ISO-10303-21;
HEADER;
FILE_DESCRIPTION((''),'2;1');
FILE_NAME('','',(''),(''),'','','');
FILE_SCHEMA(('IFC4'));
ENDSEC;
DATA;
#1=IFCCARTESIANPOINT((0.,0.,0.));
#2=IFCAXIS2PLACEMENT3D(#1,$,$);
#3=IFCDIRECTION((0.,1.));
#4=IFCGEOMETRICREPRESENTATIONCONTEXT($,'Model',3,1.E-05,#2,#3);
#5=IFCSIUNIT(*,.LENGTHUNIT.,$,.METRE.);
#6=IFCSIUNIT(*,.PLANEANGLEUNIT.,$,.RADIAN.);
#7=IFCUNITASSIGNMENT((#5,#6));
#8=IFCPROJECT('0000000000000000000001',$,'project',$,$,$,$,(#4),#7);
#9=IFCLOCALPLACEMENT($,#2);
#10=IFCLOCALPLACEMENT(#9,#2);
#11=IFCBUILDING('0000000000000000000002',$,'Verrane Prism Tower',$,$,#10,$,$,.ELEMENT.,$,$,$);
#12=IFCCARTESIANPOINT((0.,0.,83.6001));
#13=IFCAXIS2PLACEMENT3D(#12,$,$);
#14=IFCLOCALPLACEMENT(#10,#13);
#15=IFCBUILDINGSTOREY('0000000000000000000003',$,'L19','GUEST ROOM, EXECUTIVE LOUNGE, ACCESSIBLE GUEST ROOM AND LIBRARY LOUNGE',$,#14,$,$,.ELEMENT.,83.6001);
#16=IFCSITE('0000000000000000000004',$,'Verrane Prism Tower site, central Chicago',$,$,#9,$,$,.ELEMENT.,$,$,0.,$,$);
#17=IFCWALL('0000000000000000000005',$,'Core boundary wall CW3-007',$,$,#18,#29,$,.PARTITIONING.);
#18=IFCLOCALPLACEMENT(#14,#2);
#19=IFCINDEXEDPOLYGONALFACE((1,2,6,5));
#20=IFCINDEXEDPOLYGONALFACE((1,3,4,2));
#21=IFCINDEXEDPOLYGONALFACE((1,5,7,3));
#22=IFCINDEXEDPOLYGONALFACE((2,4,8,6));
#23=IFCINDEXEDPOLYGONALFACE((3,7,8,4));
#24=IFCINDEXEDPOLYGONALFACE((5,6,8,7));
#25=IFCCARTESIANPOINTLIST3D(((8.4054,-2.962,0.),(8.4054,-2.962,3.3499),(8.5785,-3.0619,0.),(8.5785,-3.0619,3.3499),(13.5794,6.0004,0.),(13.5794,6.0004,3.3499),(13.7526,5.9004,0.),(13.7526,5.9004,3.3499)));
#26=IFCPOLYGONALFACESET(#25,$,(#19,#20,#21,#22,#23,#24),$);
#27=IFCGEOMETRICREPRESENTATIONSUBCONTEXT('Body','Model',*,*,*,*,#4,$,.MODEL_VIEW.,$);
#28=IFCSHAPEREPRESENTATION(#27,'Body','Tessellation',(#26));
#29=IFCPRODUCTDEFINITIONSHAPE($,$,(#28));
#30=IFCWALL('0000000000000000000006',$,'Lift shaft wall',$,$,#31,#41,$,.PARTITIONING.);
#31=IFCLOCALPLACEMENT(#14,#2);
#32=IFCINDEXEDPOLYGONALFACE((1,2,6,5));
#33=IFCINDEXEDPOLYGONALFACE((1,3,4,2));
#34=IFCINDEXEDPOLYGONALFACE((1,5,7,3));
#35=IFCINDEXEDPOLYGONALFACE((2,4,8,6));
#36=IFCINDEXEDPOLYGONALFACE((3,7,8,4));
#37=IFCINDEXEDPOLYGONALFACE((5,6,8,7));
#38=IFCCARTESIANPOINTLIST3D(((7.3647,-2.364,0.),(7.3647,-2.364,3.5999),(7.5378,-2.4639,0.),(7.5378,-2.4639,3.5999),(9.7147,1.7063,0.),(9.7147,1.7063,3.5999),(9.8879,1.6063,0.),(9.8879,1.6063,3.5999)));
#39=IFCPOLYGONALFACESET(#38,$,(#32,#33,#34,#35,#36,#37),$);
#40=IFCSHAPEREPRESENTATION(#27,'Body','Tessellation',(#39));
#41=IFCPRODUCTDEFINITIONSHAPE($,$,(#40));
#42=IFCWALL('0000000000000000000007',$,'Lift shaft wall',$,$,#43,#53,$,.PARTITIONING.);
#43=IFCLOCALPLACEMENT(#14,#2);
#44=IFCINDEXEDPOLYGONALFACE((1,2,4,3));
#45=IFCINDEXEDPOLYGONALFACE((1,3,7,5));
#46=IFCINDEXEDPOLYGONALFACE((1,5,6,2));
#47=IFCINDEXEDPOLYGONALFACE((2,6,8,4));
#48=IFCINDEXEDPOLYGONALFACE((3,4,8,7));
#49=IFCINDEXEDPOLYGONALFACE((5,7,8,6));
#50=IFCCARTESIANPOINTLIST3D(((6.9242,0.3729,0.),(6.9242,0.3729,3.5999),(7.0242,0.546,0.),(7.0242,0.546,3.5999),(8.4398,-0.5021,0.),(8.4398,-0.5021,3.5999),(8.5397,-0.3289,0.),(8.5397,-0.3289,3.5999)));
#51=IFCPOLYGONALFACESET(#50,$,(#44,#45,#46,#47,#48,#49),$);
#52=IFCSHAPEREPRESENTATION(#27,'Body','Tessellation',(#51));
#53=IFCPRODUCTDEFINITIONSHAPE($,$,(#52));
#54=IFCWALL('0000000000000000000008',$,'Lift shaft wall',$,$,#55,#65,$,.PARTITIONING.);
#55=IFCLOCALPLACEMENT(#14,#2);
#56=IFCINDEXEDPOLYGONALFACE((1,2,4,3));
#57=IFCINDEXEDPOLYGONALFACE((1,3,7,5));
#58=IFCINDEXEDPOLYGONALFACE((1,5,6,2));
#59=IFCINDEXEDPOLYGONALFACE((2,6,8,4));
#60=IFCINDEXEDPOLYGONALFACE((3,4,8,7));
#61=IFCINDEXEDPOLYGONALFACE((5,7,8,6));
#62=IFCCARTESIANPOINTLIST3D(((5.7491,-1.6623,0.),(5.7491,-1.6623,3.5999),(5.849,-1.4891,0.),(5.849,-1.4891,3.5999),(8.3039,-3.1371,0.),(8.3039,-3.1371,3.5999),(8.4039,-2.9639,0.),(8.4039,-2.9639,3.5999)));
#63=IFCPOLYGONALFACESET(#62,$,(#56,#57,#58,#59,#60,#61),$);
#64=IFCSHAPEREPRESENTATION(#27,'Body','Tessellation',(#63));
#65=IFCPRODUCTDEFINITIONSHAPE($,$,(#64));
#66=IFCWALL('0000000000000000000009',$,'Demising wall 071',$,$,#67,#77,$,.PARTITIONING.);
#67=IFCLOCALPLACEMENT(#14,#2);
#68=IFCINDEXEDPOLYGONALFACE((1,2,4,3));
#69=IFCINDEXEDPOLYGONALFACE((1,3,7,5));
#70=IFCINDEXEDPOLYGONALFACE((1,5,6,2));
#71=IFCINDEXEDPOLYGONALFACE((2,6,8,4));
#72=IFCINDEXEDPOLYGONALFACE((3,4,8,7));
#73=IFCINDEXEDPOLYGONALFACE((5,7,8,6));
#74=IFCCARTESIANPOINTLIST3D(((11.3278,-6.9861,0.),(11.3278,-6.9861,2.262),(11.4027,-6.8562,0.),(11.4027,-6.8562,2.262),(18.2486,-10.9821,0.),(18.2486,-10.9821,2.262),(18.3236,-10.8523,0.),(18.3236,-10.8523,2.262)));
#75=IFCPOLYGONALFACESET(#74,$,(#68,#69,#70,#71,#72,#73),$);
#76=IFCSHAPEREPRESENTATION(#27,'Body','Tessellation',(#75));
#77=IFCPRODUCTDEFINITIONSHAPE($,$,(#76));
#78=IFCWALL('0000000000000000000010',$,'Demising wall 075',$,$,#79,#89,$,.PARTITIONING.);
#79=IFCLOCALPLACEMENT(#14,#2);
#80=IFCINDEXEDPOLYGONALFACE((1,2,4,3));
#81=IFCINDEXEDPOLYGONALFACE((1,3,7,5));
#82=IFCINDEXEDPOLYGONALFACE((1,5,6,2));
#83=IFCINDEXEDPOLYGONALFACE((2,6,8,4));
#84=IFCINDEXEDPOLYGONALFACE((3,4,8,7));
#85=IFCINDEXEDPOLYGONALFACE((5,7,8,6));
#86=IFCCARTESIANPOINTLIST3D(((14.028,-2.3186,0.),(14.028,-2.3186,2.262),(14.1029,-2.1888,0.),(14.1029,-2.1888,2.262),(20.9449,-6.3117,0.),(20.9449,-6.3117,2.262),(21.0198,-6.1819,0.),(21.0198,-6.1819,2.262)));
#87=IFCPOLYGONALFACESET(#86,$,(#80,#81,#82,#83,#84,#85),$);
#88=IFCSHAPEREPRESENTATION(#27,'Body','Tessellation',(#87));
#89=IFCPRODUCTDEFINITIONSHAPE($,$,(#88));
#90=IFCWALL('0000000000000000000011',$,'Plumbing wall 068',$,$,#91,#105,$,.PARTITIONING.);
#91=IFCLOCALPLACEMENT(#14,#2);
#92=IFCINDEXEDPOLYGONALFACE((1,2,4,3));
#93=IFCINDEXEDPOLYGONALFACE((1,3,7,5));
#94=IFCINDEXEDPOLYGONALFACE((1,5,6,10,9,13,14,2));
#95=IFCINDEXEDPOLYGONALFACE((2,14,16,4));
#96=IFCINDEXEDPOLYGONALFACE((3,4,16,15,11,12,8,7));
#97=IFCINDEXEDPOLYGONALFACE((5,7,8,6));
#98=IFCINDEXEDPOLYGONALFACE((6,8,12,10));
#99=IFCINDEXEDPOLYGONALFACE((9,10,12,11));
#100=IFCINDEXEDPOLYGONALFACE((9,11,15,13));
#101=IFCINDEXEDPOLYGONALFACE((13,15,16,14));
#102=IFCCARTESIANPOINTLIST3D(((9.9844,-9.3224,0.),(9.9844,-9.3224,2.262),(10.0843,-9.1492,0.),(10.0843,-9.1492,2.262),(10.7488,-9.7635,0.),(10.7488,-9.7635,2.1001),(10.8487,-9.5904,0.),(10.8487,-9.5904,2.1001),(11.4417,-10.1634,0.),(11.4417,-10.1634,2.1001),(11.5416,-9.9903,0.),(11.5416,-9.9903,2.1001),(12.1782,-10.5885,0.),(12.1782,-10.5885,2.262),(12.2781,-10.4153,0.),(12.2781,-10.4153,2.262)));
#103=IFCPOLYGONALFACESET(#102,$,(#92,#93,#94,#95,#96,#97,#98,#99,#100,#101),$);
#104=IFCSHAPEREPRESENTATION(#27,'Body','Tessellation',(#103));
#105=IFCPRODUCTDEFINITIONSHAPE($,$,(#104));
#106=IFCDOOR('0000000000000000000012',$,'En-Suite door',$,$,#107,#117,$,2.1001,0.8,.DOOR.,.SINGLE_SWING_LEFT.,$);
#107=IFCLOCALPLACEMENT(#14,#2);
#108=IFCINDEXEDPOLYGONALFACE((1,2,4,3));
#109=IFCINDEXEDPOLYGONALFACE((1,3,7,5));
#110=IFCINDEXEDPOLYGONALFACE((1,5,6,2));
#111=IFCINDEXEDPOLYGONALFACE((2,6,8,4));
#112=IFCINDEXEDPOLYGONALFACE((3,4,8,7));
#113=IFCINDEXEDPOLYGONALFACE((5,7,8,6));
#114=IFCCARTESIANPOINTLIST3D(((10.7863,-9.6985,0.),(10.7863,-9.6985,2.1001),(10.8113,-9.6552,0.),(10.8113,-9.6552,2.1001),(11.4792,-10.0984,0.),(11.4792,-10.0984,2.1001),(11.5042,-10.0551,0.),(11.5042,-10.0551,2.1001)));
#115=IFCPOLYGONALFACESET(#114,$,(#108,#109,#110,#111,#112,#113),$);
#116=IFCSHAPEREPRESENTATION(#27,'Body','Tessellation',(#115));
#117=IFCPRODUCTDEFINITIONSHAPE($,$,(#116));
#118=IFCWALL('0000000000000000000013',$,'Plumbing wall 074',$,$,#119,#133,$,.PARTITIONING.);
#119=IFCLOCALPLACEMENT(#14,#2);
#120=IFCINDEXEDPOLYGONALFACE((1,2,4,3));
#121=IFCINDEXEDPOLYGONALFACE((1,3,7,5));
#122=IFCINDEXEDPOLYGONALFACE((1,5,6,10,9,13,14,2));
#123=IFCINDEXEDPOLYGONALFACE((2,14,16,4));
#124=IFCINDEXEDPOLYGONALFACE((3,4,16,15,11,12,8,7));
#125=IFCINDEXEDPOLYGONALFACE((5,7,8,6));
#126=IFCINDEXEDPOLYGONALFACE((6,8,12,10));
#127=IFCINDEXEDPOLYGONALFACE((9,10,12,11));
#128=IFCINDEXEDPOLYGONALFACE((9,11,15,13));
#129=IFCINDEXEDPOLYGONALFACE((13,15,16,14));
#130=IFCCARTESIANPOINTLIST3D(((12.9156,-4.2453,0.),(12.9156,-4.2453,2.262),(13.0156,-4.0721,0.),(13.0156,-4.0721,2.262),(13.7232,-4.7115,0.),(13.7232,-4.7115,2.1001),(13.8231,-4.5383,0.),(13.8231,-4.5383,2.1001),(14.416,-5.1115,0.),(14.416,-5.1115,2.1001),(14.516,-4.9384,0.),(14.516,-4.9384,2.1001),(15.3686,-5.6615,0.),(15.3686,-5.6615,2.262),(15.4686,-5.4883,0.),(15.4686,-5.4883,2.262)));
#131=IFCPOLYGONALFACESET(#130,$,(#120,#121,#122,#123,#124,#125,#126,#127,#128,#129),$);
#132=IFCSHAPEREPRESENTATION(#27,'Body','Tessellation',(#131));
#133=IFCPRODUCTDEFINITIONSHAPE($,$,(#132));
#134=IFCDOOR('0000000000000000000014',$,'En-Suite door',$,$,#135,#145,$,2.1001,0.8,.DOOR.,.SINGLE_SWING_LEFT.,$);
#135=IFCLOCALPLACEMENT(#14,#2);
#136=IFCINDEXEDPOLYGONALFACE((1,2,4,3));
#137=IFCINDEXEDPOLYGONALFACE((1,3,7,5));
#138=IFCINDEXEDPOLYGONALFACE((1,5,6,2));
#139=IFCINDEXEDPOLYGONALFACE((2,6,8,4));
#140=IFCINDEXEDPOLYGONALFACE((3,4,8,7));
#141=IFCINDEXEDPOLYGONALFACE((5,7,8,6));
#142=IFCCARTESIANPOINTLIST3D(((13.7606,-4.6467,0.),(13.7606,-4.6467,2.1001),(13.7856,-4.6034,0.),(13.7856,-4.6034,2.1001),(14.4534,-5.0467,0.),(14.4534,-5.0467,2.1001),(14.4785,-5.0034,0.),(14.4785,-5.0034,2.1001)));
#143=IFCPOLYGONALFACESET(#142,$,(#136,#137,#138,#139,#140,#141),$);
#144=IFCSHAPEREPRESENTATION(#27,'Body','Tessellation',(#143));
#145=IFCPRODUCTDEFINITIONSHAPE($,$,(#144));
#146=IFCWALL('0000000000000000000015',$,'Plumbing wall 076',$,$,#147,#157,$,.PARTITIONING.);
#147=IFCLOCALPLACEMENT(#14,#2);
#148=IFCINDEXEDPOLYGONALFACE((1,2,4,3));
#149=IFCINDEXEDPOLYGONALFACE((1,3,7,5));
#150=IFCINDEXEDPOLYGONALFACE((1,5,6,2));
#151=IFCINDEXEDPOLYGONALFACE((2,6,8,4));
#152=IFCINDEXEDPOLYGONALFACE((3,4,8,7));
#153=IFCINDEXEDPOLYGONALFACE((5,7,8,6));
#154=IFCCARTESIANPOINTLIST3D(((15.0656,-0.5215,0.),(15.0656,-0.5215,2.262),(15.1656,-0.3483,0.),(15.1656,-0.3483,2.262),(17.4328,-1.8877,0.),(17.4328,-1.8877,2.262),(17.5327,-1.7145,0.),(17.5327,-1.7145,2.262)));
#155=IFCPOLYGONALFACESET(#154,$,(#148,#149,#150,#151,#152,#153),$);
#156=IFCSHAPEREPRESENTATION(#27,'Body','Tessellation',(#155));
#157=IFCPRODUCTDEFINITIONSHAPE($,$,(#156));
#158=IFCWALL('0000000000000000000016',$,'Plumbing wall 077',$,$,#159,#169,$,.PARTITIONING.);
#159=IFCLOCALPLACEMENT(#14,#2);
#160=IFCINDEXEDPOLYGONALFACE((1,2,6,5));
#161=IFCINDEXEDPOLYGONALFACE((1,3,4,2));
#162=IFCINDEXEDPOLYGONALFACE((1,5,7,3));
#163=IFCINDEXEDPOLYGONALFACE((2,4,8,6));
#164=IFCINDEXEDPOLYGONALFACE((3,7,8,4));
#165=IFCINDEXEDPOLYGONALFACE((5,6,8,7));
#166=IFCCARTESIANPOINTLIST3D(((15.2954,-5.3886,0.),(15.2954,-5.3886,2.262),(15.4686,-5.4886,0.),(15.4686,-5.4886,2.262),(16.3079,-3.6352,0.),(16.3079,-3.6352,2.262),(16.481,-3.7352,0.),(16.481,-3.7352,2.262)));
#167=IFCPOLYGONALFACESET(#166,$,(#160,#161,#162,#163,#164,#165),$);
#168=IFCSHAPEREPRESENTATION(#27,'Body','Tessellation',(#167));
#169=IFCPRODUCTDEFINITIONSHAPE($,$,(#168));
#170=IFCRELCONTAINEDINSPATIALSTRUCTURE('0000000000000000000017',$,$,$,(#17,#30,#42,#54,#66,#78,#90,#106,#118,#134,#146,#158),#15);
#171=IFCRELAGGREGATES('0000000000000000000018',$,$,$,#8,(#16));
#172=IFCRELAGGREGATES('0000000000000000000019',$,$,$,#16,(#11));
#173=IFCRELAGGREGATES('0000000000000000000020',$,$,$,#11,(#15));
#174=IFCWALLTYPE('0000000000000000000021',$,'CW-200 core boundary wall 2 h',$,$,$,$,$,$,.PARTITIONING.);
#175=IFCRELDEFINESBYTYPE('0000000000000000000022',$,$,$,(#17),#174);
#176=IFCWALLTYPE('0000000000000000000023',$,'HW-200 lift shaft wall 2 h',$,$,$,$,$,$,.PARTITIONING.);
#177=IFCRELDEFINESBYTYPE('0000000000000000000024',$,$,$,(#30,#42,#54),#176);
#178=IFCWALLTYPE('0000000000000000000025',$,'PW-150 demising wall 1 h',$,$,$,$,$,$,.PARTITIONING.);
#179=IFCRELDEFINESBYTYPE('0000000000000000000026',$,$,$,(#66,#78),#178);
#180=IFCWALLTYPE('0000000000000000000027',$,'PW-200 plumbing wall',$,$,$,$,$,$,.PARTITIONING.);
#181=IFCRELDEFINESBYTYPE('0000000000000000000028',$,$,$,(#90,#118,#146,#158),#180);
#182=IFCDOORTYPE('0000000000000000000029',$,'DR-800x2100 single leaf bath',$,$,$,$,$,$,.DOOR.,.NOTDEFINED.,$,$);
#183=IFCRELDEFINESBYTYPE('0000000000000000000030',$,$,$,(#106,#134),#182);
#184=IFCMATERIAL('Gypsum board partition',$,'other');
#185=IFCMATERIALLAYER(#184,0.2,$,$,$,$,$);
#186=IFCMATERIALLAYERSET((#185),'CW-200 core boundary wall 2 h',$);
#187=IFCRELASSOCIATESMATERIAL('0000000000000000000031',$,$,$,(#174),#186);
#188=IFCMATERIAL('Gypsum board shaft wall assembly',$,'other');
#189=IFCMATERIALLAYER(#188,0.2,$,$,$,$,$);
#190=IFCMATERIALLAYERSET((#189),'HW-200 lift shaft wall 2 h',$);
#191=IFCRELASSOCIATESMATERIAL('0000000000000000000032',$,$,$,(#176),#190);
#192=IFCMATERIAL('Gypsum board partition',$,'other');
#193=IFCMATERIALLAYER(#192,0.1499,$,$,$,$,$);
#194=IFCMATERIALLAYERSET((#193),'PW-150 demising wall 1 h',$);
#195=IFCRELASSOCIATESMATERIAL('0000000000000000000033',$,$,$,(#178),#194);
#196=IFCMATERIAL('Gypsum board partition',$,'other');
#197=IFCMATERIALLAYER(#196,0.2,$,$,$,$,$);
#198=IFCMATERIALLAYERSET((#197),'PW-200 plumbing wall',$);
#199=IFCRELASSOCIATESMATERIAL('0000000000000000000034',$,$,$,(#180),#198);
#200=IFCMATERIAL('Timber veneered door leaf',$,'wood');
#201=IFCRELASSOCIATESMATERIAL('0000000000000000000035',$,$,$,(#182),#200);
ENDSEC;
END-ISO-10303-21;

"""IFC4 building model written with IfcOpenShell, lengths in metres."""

from ifc_helpers import new_model, si_unit, direction, frame, frame_2d, origin, place, context, subcontext, project, spatial, rectangle, extrude, material, layer, layer_set, type_object, element, fill, save


model = new_model("IFC4")

# Units and contexts
model_context = context("Model", 3, precision=1e-05, world=origin(), true_north=direction((0.0, 1.0)))
body_context = subcontext(model_context, "Body", "Model", "MODEL_VIEW")
ifc_project = project(units=[si_unit("LENGTHUNIT", "METRE"), si_unit("PLANEANGLEUNIT", "RADIAN")], contexts=[model_context])

# Site, building, storey
site_placement = place(None, origin())
site = spatial("IfcSite", under=ifc_project, at=site_placement, Name="Verrane Prism Tower site, central Chicago", CompositionType="ELEMENT", RefElevation=0.0)
building_placement = place(site_placement, origin())
building = spatial("IfcBuilding", under=site, at=building_placement, Name="Verrane Prism Tower", CompositionType="ELEMENT")
storey_placement = place(building_placement, frame((0.0, 0.0, 83.6001)))
storey = spatial("IfcBuildingStorey", under=building, at=storey_placement, Name="L19", Description="GUEST ROOM, EXECUTIVE LOUNGE, ACCESSIBLE GUEST ROOM AND LIBRARY LOUNGE", CompositionType="ELEMENT", Elevation=83.6001)

# Walls
ifc_material_1 = material(Name="Gypsum board partition", Category="other")
ifc_layer_1 = layer(ifc_material_1, 0.2)
ifc_layer_set_1 = layer_set([ifc_layer_1], Name="CW-200 core boundary wall 2 h")
wall_type_1 = type_object("IfcWallType", Name="CW-200 core boundary wall 2 h", PredefinedType="PARTITIONING", material=ifc_layer_set_1)
wall_1_placement = place(storey_placement, frame((8.4919, -3.012, 0.0), z_axis=(0.0, 0.0, 1.0), x_axis=(0.499973, 0.866041, 0.0)))
element("IfcWall", 1, at=wall_1_placement, inside=storey, type_object=wall_type_1, Name="Core boundary wall CW3-007", PredefinedType="PARTITIONING", context=body_context, shape_type="SweptSolid", body=[
    extrude(rectangle(XDim=10.3486, YDim=0.2, at=frame_2d((5.1743, 0.0))), origin(), (0.0, 0.0, 1.0), 3.3499),
])
ifc_material_2 = material(Name="Gypsum board shaft wall assembly", Category="other")
ifc_layer_2 = layer(ifc_material_2, 0.2)
ifc_layer_set_2 = layer_set([ifc_layer_2], Name="HW-200 lift shaft wall 2 h")
wall_type_2 = type_object("IfcWallType", Name="HW-200 lift shaft wall 2 h", PredefinedType="PARTITIONING", material=ifc_layer_set_2)
wall_2_placement = place(storey_placement, frame((7.4512, -2.4141, 0.0), z_axis=(0.0, 0.0, 1.0), x_axis=(0.500016, 0.866016, 0.0)))
element("IfcWall", 2, at=wall_2_placement, inside=storey, type_object=wall_type_2, Name="Lift shaft wall", PredefinedType="PARTITIONING", context=body_context, shape_type="SweptSolid", body=[
    extrude(rectangle(XDim=4.7, YDim=0.2, at=frame_2d((2.3501, 0.0))), origin(), (0.0, 0.0, 1.0), 3.5999),
])
wall_3_placement = place(storey_placement, frame((8.4897, -0.4155, 0.0), z_axis=(0.0, 0.0, 1.0), x_axis=(-0.866037, 0.49998, 0.0)))
element("IfcWall", 3, at=wall_3_placement, inside=storey, type_object=wall_type_2, Name="Lift shaft wall", PredefinedType="PARTITIONING", context=body_context, shape_type="SweptSolid", body=[
    extrude(rectangle(XDim=1.75, YDim=0.2, at=frame_2d((0.875, 0.0))), origin(), (0.0, 0.0, 1.0), 3.5999),
])
wall_4_placement = place(storey_placement, frame((8.354, -3.0505, 0.0), z_axis=(0.0, 0.0, 1.0), x_axis=(-0.86606, 0.49994, 0.0)))
element("IfcWall", 4, at=wall_4_placement, inside=storey, type_object=wall_type_2, Name="Lift shaft wall", PredefinedType="PARTITIONING", context=body_context, shape_type="SweptSolid", body=[
    extrude(rectangle(XDim=2.95, YDim=0.2, at=frame_2d((1.4751, 0.0))), origin(), (0.0, 0.0, 1.0), 3.5999),
])
ifc_material_3 = material(Name="Gypsum board partition", Category="other")
ifc_layer_3 = layer(ifc_material_3, 0.1499)
ifc_layer_set_3 = layer_set([ifc_layer_3], Name="PW-150 demising wall 1 h")
wall_type_3 = type_object("IfcWallType", Name="PW-150 demising wall 1 h", PredefinedType="PARTITIONING", material=ifc_layer_set_3)
wall_5_placement = place(storey_placement, frame((11.3652, -6.9211, 0.0), z_axis=(0.0, 0.0, 1.0), x_axis=(0.866009, -0.500029, 0.0)))
element("IfcWall", 5, at=wall_5_placement, inside=storey, type_object=wall_type_3, Name="Demising wall 071", PredefinedType="PARTITIONING", context=body_context, shape_type="SweptSolid", body=[
    extrude(rectangle(XDim=7.9917, YDim=0.1499, at=frame_2d((3.9958, 0.0))), origin(), (0.0, 0.0, 1.0), 2.262),
])
wall_6_placement = place(storey_placement, frame((14.0654, -2.2537, 0.0), z_axis=(0.0, 0.0, 1.0), x_axis=(0.866045, -0.499966, 0.0)))
element("IfcWall", 6, at=wall_6_placement, inside=storey, type_object=wall_type_3, Name="Demising wall 075", PredefinedType="PARTITIONING", context=body_context, shape_type="SweptSolid", body=[
    extrude(rectangle(XDim=7.9868, YDim=0.1499, at=frame_2d((3.9934, 0.0))), origin(), (0.0, 0.0, 1.0), 2.262),
])

# Walls, openings, doors
ifc_material_4 = material(Name="Gypsum board partition", Category="other")
ifc_layer_4 = layer(ifc_material_4, 0.2)
ifc_layer_set_4 = layer_set([ifc_layer_4], Name="PW-200 plumbing wall")
wall_type_4 = type_object("IfcWallType", Name="PW-200 plumbing wall", PredefinedType="PARTITIONING", material=ifc_layer_set_4)
wall_7_placement = place(storey_placement, frame((12.2283, -10.502, 0.0), z_axis=(0.0, 0.0, 1.0), x_axis=(-0.866112, 0.49985, 0.0)))
wall_7 = element("IfcWall", 7, at=wall_7_placement, inside=storey, type_object=wall_type_4, Name="Plumbing wall 068", PredefinedType="PARTITIONING", context=body_context, shape_type="SweptSolid", body=[
    extrude(rectangle(XDim=2.533, YDim=0.2, at=frame_2d((1.2666, 0.0))), origin(), (0.0, 0.0, 1.0), 2.262),
])
opening_1_placement = place(wall_7_placement, frame((0.8506, 0.0, 0.0)))
opening_1 = element("IfcOpeningElement", 8, at=opening_1_placement, cuts=wall_7, PredefinedType="OPENING", context=body_context, shape_type="SweptSolid", body=[
    extrude(rectangle(XDim=0.8, YDim=2.1001, at=frame_2d((0.3999, 1.05))), frame((0.0, 0.1099, 0.0), z_axis=(0.0, -1.0, 0.0), x_axis=(1.0, 0.0, 0.0)), (0.0, 0.0, 1.0), 0.22),
])
ifc_material_5 = material(Name="Timber veneered door leaf", Category="wood")
door_type = type_object("IfcDoorType", Name="DR-800x2100 single leaf bath", OperationType="NOTDEFINED", PredefinedType="DOOR", material=ifc_material_5)
door_1_placement = place(opening_1_placement, origin())
door_1 = element("IfcDoor", 9, at=door_1_placement, inside=storey, type_object=door_type, Name="En-Suite door", OperationType="SINGLE_SWING_LEFT", OverallHeight=2.1001, OverallWidth=0.8, PredefinedType="DOOR", context=body_context, shape_type="SweptSolid", body=[
    extrude(rectangle(XDim=0.8, YDim=2.1001, at=frame_2d((0.3999, 1.05))), frame((0.0, 0.0249, 0.0), z_axis=(0.0, -1.0, 0.0), x_axis=(1.0, 0.0, 0.0)), (0.0, 0.0, 1.0), 0.05),
])
fill(opening_1, door_1)
wall_8_placement = place(storey_placement, frame((12.9656, -4.1587, 0.0), z_axis=(0.0, 0.0, 1.0), x_axis=(0.866033, -0.499986, 0.0)))
wall_8 = element("IfcWall", 10, at=wall_8_placement, inside=storey, type_object=wall_type_4, Name="Plumbing wall 074", PredefinedType="PARTITIONING", context=body_context, shape_type="SweptSolid", body=[
    extrude(rectangle(XDim=2.8325, YDim=0.2, at=frame_2d((1.4163, 0.0))), origin(), (0.0, 0.0, 1.0), 2.262),
])
opening_2_placement = place(wall_8_placement, frame((0.9326, 0.0, 0.0)))
opening_2 = element("IfcOpeningElement", 11, at=opening_2_placement, cuts=wall_8, PredefinedType="OPENING", context=body_context, shape_type="SweptSolid", body=[
    extrude(rectangle(XDim=0.8, YDim=2.1001, at=frame_2d((0.3999, 1.05))), frame((0.0, 0.1099, 0.0), z_axis=(0.0, -1.0, 0.0), x_axis=(1.0, 0.0, 0.0)), (0.0, 0.0, 1.0), 0.22),
])
door_2_placement = place(opening_2_placement, origin())
door_2 = element("IfcDoor", 12, at=door_2_placement, inside=storey, type_object=door_type, Name="En-Suite door", OperationType="SINGLE_SWING_LEFT", OverallHeight=2.1001, OverallWidth=0.8, PredefinedType="DOOR", context=body_context, shape_type="SweptSolid", body=[
    extrude(rectangle(XDim=0.8, YDim=2.1001, at=frame_2d((0.3999, 1.05))), frame((0.0, 0.0249, 0.0), z_axis=(0.0, -1.0, 0.0), x_axis=(1.0, 0.0, 0.0)), (0.0, 0.0, 1.0), 0.05),
])
fill(opening_2, door_2)

# Walls
wall_9_placement = place(storey_placement, frame((15.1155, -0.4348, 0.0), z_axis=(0.0, 0.0, 1.0), x_axis=(0.866102, -0.499867, 0.0)))
element("IfcWall", 13, at=wall_9_placement, inside=storey, type_object=wall_type_4, Name="Plumbing wall 076", PredefinedType="PARTITIONING", context=body_context, shape_type="SweptSolid", body=[
    extrude(rectangle(XDim=2.7332, YDim=0.2, at=frame_2d((1.3667, 0.0))), origin(), (0.0, 0.0, 1.0), 2.262),
])
wall_10_placement = place(storey_placement, frame((15.3821, -5.4385, 0.0), z_axis=(0.0, 0.0, 1.0), x_axis=(0.500043, 0.866001, 0.0)))
element("IfcWall", 14, at=wall_10_placement, inside=storey, type_object=wall_type_4, Name="Plumbing wall 077", PredefinedType="PARTITIONING", context=body_context, shape_type="SweptSolid", body=[
    extrude(rectangle(XDim=2.0247, YDim=0.2, at=frame_2d((1.0122, 0.0))), origin(), (0.0, 0.0, 1.0), 2.262),
])

save(model, "model.ifc")
